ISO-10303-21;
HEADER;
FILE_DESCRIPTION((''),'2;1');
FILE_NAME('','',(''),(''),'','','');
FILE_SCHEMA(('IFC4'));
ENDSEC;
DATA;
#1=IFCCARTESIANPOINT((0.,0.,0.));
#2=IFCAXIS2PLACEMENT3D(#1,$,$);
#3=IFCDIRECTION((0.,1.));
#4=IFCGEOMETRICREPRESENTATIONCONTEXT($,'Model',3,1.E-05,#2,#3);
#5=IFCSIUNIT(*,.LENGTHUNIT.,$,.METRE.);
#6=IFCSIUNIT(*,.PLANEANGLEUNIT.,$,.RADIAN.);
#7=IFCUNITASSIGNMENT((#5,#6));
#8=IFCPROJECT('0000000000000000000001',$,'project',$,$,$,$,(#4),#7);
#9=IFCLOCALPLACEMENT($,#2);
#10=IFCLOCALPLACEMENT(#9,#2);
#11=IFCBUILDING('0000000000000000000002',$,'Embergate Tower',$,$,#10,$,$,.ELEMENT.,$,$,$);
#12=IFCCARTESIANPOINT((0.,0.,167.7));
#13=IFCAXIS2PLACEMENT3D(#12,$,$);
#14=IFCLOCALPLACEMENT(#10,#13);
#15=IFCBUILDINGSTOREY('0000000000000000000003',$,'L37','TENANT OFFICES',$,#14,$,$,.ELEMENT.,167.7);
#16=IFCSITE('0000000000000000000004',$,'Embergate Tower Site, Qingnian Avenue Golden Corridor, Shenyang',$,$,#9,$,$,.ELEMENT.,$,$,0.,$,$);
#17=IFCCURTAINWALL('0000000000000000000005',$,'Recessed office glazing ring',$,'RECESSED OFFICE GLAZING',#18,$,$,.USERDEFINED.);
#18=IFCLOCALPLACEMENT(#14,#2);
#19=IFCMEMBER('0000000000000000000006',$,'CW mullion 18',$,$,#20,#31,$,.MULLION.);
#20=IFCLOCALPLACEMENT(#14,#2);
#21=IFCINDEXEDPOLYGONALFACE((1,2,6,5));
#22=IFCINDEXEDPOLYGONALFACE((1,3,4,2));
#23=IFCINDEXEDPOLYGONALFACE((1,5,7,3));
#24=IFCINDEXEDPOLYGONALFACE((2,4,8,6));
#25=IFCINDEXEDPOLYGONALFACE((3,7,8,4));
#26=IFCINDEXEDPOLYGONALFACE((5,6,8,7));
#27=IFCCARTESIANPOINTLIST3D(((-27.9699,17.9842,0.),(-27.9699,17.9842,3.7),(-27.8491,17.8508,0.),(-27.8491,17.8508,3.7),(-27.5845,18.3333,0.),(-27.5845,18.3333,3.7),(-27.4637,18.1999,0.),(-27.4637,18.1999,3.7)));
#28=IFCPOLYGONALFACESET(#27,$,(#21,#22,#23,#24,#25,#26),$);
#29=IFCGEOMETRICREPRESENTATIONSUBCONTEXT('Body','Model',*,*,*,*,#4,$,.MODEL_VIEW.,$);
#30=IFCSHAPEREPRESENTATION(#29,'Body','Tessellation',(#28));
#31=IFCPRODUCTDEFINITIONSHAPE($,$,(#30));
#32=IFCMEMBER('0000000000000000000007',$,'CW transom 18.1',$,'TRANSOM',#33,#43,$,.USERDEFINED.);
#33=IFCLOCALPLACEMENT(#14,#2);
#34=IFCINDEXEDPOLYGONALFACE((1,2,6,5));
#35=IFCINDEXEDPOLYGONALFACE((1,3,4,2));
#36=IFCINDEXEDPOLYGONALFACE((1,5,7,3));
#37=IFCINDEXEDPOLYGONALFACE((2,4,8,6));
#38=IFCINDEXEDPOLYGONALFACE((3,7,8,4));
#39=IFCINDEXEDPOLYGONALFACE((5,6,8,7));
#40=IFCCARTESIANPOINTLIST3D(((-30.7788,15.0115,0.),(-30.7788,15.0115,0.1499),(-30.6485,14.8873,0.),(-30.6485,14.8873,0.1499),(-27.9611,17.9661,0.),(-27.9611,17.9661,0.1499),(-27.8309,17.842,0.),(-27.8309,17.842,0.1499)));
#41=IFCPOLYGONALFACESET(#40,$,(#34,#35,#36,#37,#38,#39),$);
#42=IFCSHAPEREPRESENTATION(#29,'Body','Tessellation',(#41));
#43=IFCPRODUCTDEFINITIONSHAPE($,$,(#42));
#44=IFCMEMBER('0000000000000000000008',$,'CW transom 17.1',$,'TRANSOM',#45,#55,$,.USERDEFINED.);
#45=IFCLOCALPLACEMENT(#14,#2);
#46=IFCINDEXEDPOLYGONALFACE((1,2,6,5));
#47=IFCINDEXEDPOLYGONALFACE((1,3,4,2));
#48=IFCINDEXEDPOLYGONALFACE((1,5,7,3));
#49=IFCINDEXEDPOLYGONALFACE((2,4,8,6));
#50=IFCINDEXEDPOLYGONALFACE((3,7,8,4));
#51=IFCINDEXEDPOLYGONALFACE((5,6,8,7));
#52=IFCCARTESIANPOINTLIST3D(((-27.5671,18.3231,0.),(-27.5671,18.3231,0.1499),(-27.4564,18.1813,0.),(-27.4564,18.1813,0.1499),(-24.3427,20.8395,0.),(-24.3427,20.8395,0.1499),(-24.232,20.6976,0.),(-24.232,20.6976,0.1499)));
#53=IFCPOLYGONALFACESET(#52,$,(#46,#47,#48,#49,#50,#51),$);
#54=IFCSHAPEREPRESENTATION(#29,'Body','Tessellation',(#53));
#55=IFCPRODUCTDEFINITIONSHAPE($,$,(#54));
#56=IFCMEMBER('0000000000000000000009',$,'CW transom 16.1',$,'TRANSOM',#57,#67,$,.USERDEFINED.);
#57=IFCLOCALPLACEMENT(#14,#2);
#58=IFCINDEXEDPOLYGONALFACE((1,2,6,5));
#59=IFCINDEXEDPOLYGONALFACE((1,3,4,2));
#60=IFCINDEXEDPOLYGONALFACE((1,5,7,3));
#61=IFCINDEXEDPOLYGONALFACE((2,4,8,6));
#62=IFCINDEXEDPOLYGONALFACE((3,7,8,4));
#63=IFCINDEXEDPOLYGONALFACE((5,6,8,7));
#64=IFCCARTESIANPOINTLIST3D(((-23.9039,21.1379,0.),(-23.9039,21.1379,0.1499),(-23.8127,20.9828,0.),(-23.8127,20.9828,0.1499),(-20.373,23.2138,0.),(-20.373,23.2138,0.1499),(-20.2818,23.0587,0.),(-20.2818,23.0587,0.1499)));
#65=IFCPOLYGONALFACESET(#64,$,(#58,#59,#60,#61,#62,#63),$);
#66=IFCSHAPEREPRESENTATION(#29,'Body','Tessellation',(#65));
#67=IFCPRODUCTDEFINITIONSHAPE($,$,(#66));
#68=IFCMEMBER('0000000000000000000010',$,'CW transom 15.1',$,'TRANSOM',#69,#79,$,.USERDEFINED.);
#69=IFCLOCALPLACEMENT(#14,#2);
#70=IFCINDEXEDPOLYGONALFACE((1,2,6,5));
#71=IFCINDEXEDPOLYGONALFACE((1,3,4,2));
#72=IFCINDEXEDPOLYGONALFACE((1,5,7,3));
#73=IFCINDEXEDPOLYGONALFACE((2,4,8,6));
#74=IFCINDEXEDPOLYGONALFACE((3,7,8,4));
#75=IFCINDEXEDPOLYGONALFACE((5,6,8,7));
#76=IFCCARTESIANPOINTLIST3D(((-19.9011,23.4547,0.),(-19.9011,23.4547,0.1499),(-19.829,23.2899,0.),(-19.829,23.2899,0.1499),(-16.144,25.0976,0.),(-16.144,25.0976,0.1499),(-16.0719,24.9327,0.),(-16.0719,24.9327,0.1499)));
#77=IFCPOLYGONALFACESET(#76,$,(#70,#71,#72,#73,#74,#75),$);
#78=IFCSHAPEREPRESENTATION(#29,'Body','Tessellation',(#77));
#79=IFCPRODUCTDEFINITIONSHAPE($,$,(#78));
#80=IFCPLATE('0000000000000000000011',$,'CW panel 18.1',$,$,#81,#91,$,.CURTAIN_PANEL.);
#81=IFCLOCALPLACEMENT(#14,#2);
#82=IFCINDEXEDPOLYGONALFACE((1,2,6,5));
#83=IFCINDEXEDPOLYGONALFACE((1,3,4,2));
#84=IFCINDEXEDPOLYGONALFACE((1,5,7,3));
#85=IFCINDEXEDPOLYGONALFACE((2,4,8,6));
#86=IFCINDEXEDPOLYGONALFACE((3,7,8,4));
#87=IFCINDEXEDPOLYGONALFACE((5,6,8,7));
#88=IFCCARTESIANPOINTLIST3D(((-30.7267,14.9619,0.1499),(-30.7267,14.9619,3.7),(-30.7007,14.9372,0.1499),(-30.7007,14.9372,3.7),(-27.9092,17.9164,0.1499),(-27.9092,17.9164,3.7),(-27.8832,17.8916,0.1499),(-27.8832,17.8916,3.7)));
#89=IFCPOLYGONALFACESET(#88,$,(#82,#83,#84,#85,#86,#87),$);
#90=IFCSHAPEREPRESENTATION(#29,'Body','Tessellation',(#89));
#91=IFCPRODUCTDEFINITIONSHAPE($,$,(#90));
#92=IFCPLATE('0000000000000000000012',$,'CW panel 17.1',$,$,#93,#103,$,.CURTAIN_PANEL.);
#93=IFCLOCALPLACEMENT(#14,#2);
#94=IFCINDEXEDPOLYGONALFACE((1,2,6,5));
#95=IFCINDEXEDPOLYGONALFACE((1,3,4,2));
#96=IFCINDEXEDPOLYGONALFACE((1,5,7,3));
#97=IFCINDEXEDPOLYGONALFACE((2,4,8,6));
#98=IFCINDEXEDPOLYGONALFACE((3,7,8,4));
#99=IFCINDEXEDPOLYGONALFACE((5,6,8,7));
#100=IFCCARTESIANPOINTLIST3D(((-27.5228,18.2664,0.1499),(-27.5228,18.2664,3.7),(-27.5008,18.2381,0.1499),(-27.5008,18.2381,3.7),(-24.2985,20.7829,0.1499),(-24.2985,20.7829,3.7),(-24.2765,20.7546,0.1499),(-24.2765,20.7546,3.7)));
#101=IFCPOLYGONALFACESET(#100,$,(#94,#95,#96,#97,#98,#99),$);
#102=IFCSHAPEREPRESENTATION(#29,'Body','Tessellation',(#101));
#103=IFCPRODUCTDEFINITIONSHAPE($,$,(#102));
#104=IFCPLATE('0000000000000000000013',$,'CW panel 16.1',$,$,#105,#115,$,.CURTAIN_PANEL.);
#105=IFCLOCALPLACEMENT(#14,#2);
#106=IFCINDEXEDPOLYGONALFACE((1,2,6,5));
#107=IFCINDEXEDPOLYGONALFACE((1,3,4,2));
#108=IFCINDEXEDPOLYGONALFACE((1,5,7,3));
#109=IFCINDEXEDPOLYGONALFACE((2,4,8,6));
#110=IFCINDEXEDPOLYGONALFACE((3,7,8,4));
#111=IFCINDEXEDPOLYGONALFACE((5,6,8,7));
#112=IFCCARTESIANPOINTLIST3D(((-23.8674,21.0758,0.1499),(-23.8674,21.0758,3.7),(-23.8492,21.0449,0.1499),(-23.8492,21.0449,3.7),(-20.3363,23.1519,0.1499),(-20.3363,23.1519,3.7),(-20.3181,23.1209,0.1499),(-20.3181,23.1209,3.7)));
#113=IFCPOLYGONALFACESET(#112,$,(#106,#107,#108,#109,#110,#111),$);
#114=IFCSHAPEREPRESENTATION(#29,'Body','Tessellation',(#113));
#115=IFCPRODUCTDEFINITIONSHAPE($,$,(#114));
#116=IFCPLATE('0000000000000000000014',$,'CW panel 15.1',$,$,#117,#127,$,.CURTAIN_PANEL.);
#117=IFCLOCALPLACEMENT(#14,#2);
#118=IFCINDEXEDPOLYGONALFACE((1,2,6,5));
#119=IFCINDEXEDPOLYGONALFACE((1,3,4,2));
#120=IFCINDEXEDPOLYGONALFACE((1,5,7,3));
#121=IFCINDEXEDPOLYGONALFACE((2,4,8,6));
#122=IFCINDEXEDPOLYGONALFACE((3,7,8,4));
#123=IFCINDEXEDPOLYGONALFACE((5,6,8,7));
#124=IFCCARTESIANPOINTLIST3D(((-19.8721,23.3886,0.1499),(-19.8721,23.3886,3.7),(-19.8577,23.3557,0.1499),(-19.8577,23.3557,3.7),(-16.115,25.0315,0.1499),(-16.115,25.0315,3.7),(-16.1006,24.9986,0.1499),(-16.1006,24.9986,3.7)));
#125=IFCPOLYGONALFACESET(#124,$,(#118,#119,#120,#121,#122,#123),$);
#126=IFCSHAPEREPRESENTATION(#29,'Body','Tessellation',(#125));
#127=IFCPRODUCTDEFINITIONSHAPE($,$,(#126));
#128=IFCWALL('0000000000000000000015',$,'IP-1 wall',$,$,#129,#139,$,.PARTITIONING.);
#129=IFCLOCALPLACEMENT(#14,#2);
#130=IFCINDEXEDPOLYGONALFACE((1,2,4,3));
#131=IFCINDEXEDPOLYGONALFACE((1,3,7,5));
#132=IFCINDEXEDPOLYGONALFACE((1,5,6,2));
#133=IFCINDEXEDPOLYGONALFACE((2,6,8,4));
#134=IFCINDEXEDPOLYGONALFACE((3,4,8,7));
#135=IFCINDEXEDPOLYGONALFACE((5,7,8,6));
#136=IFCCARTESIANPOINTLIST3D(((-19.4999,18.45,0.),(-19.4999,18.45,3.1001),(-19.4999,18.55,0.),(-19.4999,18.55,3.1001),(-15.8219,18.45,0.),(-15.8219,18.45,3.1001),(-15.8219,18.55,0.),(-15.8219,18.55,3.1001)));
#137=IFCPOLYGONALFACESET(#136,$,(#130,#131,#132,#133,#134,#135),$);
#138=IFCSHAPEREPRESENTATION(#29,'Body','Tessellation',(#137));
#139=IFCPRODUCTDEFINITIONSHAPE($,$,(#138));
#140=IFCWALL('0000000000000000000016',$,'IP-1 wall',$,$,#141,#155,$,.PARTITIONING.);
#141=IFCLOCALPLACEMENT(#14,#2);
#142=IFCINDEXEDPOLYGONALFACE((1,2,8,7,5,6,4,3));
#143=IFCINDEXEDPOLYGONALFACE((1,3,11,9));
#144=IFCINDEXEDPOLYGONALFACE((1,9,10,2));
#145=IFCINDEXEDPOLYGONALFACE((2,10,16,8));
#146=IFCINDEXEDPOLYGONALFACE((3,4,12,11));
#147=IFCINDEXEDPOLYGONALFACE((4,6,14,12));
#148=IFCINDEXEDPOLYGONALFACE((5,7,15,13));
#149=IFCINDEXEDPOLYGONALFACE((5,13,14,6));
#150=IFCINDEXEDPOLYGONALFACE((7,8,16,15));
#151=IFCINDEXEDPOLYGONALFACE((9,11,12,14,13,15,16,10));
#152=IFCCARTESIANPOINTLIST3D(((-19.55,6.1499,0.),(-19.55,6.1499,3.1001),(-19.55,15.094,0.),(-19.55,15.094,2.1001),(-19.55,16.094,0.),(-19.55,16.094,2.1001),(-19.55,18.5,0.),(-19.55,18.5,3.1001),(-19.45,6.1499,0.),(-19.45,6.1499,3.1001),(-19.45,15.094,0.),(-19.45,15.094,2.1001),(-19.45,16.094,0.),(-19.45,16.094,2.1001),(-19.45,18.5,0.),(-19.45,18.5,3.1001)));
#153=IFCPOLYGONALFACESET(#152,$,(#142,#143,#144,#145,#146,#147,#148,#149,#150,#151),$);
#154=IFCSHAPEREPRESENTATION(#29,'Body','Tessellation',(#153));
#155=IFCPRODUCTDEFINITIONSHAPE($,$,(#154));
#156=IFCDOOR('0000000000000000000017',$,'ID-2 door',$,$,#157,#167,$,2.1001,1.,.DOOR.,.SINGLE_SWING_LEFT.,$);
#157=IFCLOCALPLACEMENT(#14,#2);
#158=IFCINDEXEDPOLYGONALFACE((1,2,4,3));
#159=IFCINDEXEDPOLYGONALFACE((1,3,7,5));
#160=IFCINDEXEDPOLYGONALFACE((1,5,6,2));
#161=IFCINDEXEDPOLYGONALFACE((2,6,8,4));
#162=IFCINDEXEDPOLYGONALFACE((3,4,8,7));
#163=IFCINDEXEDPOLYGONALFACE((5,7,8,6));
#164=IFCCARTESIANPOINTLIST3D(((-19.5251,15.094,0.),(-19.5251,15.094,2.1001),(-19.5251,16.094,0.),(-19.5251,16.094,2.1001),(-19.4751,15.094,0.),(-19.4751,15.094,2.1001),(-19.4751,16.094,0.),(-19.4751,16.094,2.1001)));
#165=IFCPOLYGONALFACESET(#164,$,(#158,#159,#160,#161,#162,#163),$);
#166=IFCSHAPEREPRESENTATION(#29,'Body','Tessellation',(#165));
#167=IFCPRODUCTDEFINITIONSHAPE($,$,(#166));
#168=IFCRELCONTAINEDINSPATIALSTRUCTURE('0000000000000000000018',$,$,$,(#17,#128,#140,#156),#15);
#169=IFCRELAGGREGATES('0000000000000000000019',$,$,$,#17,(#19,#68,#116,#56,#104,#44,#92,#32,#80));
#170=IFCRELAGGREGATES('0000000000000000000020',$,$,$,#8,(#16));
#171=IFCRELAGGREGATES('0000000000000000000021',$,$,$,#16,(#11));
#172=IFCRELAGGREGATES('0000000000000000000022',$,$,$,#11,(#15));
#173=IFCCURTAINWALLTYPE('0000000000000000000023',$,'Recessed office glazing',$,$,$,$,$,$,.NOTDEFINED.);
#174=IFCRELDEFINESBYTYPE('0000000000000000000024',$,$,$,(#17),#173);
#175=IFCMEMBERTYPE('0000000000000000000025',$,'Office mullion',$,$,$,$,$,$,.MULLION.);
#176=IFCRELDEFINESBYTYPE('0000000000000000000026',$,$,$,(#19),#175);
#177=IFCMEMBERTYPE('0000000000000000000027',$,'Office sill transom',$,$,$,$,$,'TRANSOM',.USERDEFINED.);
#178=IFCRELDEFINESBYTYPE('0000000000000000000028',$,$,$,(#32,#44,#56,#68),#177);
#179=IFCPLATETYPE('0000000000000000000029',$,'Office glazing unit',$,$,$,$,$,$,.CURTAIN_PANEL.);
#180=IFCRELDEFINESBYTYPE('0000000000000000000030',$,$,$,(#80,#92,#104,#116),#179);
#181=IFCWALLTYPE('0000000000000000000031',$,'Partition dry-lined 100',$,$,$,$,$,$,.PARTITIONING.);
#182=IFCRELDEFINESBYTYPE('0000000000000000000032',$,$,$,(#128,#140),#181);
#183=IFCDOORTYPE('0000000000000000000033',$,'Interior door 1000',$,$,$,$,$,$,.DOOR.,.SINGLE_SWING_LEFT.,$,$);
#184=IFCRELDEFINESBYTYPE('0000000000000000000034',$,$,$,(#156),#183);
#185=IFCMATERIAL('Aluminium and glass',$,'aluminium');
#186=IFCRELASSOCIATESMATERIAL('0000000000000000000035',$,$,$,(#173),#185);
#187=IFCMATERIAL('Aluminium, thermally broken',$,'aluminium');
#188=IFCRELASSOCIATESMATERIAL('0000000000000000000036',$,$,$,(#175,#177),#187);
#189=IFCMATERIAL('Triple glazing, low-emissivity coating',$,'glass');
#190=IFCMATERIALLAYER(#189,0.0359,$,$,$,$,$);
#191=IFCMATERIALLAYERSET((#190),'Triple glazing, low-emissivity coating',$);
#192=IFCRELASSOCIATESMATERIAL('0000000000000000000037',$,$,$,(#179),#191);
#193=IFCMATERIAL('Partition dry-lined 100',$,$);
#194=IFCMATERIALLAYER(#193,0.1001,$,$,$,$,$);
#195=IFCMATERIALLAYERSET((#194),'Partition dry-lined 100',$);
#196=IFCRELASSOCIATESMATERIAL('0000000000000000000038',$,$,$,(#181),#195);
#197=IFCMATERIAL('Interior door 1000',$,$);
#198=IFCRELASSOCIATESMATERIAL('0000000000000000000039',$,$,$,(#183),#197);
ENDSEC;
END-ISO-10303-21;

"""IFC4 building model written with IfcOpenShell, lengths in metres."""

from ifc_helpers import new_model, si_unit, direction, frame, frame_2d, origin, origin_2d, place, context, subcontext, project, spatial, rectangle, extrude, source, transform, mapped, material, layer, layer_set, material_profile, profile_set, type_object, element, fill, aggregate, save


model = new_model("IFC4")

# Units and contexts
model_context = context("Model", 3, precision=1e-05, world=origin(), true_north=direction((0.0, 1.0)))
body_context = subcontext(model_context, "Body", "Model", "MODEL_VIEW")
ifc_project = project(units=[si_unit("LENGTHUNIT", "METRE"), si_unit("PLANEANGLEUNIT", "RADIAN")], contexts=[model_context])

# Site, building, storey
site_placement = place(None, origin())
site = spatial("IfcSite", under=ifc_project, at=site_placement, Name="Embergate Tower Site, Qingnian Avenue Golden Corridor, Shenyang", CompositionType="ELEMENT", RefElevation=0.0)
building_placement = place(site_placement, origin())
building = spatial("IfcBuilding", under=site, at=building_placement, Name="Embergate Tower", CompositionType="ELEMENT")
storey_placement = place(building_placement, frame((0.0, 0.0, 167.7)))
storey = spatial("IfcBuildingStorey", under=building, at=storey_placement, Name="L37", Description="TENANT OFFICES", CompositionType="ELEMENT", Elevation=167.7)

# Curtain wall, members, plates
ifc_material_1 = material(Name="Aluminium and glass", Category="aluminium")
curtain_wall_type = type_object("IfcCurtainWallType", Name="Recessed office glazing", PredefinedType="NOTDEFINED", material=ifc_material_1)
curtain_wall_placement = place(storey_placement, origin())
curtain_wall = element("IfcCurtainWall", 1, at=curtain_wall_placement, inside=storey, type_object=curtain_wall_type, Name="Recessed office glazing ring", ObjectType="RECESSED OFFICE GLAZING", PredefinedType="USERDEFINED")
ifc_material_2 = material(Name="Aluminium, thermally broken", Category="aluminium")
ifc_material_profile_1 = material_profile(ifc_material_2, rectangle(XDim=0.1799, YDim=0.52, at=origin_2d()), Name="AL 520x180")
ifc_profile_set_1 = profile_set([ifc_material_profile_1], Name="Aluminium, thermally broken")
member_type_1 = type_object("IfcMemberType", Name="Office mullion", PredefinedType="MULLION", material=ifc_profile_set_1)
shared_shape_1 = source(origin(), body_context, "Body", "SweptSolid", [
    extrude(rectangle(XDim=0.1799, YDim=0.52, at=origin_2d()), origin(), (0.0, 0.0, 1.0), 3.7),
])
member_1_placement = place(storey_placement, frame((-27.7168, 18.092, 0.0), z_axis=(0.0, 0.0, 1.0), x_axis=(0.671227, -0.741252, 0.0)))
member_1 = element("IfcMember", 2, at=member_1_placement, type_object=member_type_1, Name="CW mullion 18", PredefinedType="MULLION", context=body_context, shape_type="MappedRepresentation", body=[
    mapped(shared_shape_1, transform((0.0, 0.0, 0.0))),
])
ifc_material_profile_2 = material_profile(ifc_material_2, rectangle(XDim=0.1799, YDim=0.1499, at=origin_2d()), Name="AL 150x180")
ifc_profile_set_2 = profile_set([ifc_material_profile_2], Name="Aluminium, thermally broken")
member_type_2 = type_object("IfcMemberType", Name="Office sill transom", ElementType="TRANSOM", PredefinedType="USERDEFINED", material=ifc_profile_set_2)
shared_shape_2 = source(origin(), body_context, "Body", "SweptSolid", [
    extrude(rectangle(XDim=0.1799, YDim=0.1499, at=origin_2d()), origin(), (0.0, 0.0, 1.0), 4.0828),
])
member_2_placement = place(storey_placement, frame((-27.896, 17.9041, 0.075), z_axis=(-0.690134, -0.723681, 0.0), x_axis=(0.723681, -0.690134, 0.0)))
member_2 = element("IfcMember", 3, at=member_2_placement, type_object=member_type_2, Name="CW transom 18.1", ObjectType="TRANSOM", PredefinedType="USERDEFINED", context=body_context, shape_type="MappedRepresentation", body=[
    mapped(shared_shape_2, transform((0.0, 0.0, 0.0))),
])
shared_shape_3 = source(origin(), body_context, "Body", "SweptSolid", [
    extrude(rectangle(XDim=0.1799, YDim=0.1499, at=origin_2d()), origin(), (0.0, 0.0, 1.0), 4.0901),
])
member_3_placement = place(storey_placement, frame((-24.2874, 20.7686, 0.075), z_axis=(-0.788342, -0.615237, 0.0), x_axis=(0.615237, -0.788342, 0.0)))
member_3 = element("IfcMember", 4, at=member_3_placement, type_object=member_type_2, Name="CW transom 17.1", ObjectType="TRANSOM", PredefinedType="USERDEFINED", context=body_context, shape_type="MappedRepresentation", body=[
    mapped(shared_shape_3, transform((0.0, 0.0, 0.0))),
])
shared_shape_4 = source(origin(), body_context, "Body", "SweptSolid", [
    extrude(rectangle(XDim=0.1799, YDim=0.1499, at=origin_2d()), origin(), (0.0, 0.0, 1.0), 4.0959),
])
member_4_placement = place(storey_placement, frame((-20.3274, 23.1362, 0.075), z_axis=(-0.862055, -0.506814, 0.0), x_axis=(0.506814, -0.862055, 0.0)))
member_4 = element("IfcMember", 5, at=member_4_placement, type_object=member_type_2, Name="CW transom 16.1", ObjectType="TRANSOM", PredefinedType="USERDEFINED", context=body_context, shape_type="MappedRepresentation", body=[
    mapped(shared_shape_4, transform((0.0, 0.0, 0.0))),
])
shared_shape_5 = source(origin(), body_context, "Body", "SweptSolid", [
    extrude(rectangle(XDim=0.1799, YDim=0.1499, at=origin_2d()), origin(), (0.0, 0.0, 1.0), 4.1006),
])
member_5_placement = place(storey_placement, frame((-16.1079, 25.0151, 0.075), z_axis=(-0.916238, -0.400635, 0.0), x_axis=(0.400635, -0.916238, 0.0)))
member_5 = element("IfcMember", 6, at=member_5_placement, type_object=member_type_2, Name="CW transom 15.1", ObjectType="TRANSOM", PredefinedType="USERDEFINED", context=body_context, shape_type="MappedRepresentation", body=[
    mapped(shared_shape_5, transform((0.0, 0.0, 0.0))),
])
ifc_material_3 = material(Name="Triple glazing, low-emissivity coating", Category="glass")
ifc_layer_1 = layer(ifc_material_3, 0.0359)
ifc_layer_set_1 = layer_set([ifc_layer_1], Name="Triple glazing, low-emissivity coating")
plate_type = type_object("IfcPlateType", Name="Office glazing unit", PredefinedType="CURTAIN_PANEL", material=ifc_layer_set_1)
shared_shape_6 = source(origin(), body_context, "Body", "SweptSolid", [
    extrude(rectangle(XDim=4.0825, YDim=0.0359, at=origin_2d()), origin(), (0.0, 0.0, 1.0), 3.55),
])
plate_1_placement = place(storey_placement, frame((-29.3049, 16.4268, 0.1499), z_axis=(0.0, 0.0, 1.0), x_axis=(-0.690135, -0.723681, 0.0)))
plate_1 = element("IfcPlate", 7, at=plate_1_placement, type_object=plate_type, Name="CW panel 18.1", PredefinedType="CURTAIN_PANEL", context=body_context, shape_type="MappedRepresentation", body=[
    mapped(shared_shape_6, transform((0.0, 0.0, 0.0))),
])
shared_shape_7 = source(origin(), body_context, "Body", "SweptSolid", [
    extrude(rectangle(XDim=4.0901, YDim=0.0359, at=origin_2d()), origin(), (0.0, 0.0, 1.0), 3.55),
])
plate_2_placement = place(storey_placement, frame((-25.8997, 19.5105, 0.1499), z_axis=(0.0, 0.0, 1.0), x_axis=(-0.78832, -0.615265, 0.0)))
plate_2 = element("IfcPlate", 8, at=plate_2_placement, type_object=plate_type, Name="CW panel 17.1", PredefinedType="CURTAIN_PANEL", context=body_context, shape_type="MappedRepresentation", body=[
    mapped(shared_shape_7, transform((0.0, 0.0, 0.0))),
])
shared_shape_8 = source(origin(), body_context, "Body", "SweptSolid", [
    extrude(rectangle(XDim=4.0962, YDim=0.0359, at=origin_2d()), origin(), (0.0, 0.0, 1.0), 3.55),
])
plate_3_placement = place(storey_placement, frame((-22.0928, 22.0984, 0.1499), z_axis=(0.0, 0.0, 1.0), x_axis=(-0.862053, -0.506818, 0.0)))
plate_3 = element("IfcPlate", 9, at=plate_3_placement, type_object=plate_type, Name="CW panel 16.1", PredefinedType="CURTAIN_PANEL", context=body_context, shape_type="MappedRepresentation", body=[
    mapped(shared_shape_8, transform((0.0, 0.0, 0.0))),
])
shared_shape_9 = source(origin(), body_context, "Body", "SweptSolid", [
    extrude(rectangle(XDim=4.1006, YDim=0.0359, at=origin_2d()), origin(), (0.0, 0.0, 1.0), 3.55),
])
plate_4_placement = place(storey_placement, frame((-17.9863, 24.1936, 0.1499), z_axis=(0.0, 0.0, 1.0), x_axis=(-0.916236, -0.400638, 0.0)))
plate_4 = element("IfcPlate", 10, at=plate_4_placement, type_object=plate_type, Name="CW panel 15.1", PredefinedType="CURTAIN_PANEL", context=body_context, shape_type="MappedRepresentation", body=[
    mapped(shared_shape_9, transform((0.0, 0.0, 0.0))),
])
aggregate(curtain_wall, [member_1, member_5, plate_4, member_4, plate_3, member_3, plate_2, member_2, plate_1])

# Wall
ifc_material_4 = material(Name="Partition dry-lined 100")
ifc_layer_2 = layer(ifc_material_4, 0.1001)
ifc_layer_set_2 = layer_set([ifc_layer_2], Name="Partition dry-lined 100")
wall_type = type_object("IfcWallType", Name="Partition dry-lined 100", PredefinedType="PARTITIONING", material=ifc_layer_set_2)
shared_shape_10 = source(origin(), body_context, "Body", "SweptSolid", [
    extrude(rectangle(XDim=3.678, YDim=0.1001, at=frame_2d((1.8389, 0.0))), origin(), (0.0, 0.0, 1.0), 3.1001),
])
wall_1_placement = place(storey_placement, frame((-15.822, 18.5, 0.0), z_axis=(0.0, 0.0, 1.0), x_axis=(-1.0, 0.0, 0.0)))
element("IfcWall", 11, at=wall_1_placement, inside=storey, type_object=wall_type, Name="IP-1 wall", PredefinedType="PARTITIONING", context=body_context, shape_type="MappedRepresentation", body=[
    mapped(shared_shape_10, transform((0.0, 0.0, 0.0))),
])

# Wall, opening, door
shared_shape_11 = source(origin(), body_context, "Body", "SweptSolid", [
    extrude(rectangle(XDim=12.3501, YDim=0.1001, at=frame_2d((6.175, 0.0))), origin(), (0.0, 0.0, 1.0), 3.1001),
])
wall_2_placement = place(storey_placement, frame((-19.5, 18.5, 0.0), z_axis=(0.0, 0.0, 1.0), x_axis=(0.0, -1.0, 0.0)))
wall_2 = element("IfcWall", 12, at=wall_2_placement, inside=storey, type_object=wall_type, Name="IP-1 wall", PredefinedType="PARTITIONING", context=body_context, shape_type="MappedRepresentation", body=[
    mapped(shared_shape_11, transform((0.0, 0.0, 0.0))),
])
shared_shape_12 = source(origin(), body_context, "Body", "SweptSolid", [
    extrude(rectangle(XDim=1.0, YDim=2.1001, at=frame_2d((0.5, 1.05))), frame((0.0, 0.0601, 0.0), z_axis=(0.0, -1.0, 0.0), x_axis=(1.0, 0.0, 0.0)), (0.0, 0.0, 1.0), 0.1201),
])
opening_placement = place(wall_2_placement, frame((2.406, 0.0, 0.0)))
opening = element("IfcOpeningElement", 13, at=opening_placement, cuts=wall_2, PredefinedType="OPENING", context=body_context, shape_type="MappedRepresentation", body=[
    mapped(shared_shape_12, transform((0.0, 0.0, 0.0))),
])
ifc_material_5 = material(Name="Interior door 1000")
door_type = type_object("IfcDoorType", Name="Interior door 1000", OperationType="SINGLE_SWING_LEFT", PredefinedType="DOOR", material=ifc_material_5)
shared_shape_13 = source(origin(), body_context, "Body", "SweptSolid", [
    extrude(rectangle(XDim=1.0, YDim=2.1001, at=frame_2d((0.5, 1.05))), frame((0.0, 0.0249, 0.0), z_axis=(0.0, -1.0, 0.0), x_axis=(1.0, 0.0, 0.0)), (0.0, 0.0, 1.0), 0.05),
])
door_placement = place(opening_placement, origin())
door = element("IfcDoor", 14, at=door_placement, inside=storey, type_object=door_type, Name="ID-2 door", OperationType="SINGLE_SWING_LEFT", OverallHeight=2.1001, OverallWidth=1.0, PredefinedType="DOOR", context=body_context, shape_type="MappedRepresentation", body=[
    mapped(shared_shape_13, transform((0.0, 0.0, 0.0))),
])
fill(opening, door)

save(model, "model.ifc")
